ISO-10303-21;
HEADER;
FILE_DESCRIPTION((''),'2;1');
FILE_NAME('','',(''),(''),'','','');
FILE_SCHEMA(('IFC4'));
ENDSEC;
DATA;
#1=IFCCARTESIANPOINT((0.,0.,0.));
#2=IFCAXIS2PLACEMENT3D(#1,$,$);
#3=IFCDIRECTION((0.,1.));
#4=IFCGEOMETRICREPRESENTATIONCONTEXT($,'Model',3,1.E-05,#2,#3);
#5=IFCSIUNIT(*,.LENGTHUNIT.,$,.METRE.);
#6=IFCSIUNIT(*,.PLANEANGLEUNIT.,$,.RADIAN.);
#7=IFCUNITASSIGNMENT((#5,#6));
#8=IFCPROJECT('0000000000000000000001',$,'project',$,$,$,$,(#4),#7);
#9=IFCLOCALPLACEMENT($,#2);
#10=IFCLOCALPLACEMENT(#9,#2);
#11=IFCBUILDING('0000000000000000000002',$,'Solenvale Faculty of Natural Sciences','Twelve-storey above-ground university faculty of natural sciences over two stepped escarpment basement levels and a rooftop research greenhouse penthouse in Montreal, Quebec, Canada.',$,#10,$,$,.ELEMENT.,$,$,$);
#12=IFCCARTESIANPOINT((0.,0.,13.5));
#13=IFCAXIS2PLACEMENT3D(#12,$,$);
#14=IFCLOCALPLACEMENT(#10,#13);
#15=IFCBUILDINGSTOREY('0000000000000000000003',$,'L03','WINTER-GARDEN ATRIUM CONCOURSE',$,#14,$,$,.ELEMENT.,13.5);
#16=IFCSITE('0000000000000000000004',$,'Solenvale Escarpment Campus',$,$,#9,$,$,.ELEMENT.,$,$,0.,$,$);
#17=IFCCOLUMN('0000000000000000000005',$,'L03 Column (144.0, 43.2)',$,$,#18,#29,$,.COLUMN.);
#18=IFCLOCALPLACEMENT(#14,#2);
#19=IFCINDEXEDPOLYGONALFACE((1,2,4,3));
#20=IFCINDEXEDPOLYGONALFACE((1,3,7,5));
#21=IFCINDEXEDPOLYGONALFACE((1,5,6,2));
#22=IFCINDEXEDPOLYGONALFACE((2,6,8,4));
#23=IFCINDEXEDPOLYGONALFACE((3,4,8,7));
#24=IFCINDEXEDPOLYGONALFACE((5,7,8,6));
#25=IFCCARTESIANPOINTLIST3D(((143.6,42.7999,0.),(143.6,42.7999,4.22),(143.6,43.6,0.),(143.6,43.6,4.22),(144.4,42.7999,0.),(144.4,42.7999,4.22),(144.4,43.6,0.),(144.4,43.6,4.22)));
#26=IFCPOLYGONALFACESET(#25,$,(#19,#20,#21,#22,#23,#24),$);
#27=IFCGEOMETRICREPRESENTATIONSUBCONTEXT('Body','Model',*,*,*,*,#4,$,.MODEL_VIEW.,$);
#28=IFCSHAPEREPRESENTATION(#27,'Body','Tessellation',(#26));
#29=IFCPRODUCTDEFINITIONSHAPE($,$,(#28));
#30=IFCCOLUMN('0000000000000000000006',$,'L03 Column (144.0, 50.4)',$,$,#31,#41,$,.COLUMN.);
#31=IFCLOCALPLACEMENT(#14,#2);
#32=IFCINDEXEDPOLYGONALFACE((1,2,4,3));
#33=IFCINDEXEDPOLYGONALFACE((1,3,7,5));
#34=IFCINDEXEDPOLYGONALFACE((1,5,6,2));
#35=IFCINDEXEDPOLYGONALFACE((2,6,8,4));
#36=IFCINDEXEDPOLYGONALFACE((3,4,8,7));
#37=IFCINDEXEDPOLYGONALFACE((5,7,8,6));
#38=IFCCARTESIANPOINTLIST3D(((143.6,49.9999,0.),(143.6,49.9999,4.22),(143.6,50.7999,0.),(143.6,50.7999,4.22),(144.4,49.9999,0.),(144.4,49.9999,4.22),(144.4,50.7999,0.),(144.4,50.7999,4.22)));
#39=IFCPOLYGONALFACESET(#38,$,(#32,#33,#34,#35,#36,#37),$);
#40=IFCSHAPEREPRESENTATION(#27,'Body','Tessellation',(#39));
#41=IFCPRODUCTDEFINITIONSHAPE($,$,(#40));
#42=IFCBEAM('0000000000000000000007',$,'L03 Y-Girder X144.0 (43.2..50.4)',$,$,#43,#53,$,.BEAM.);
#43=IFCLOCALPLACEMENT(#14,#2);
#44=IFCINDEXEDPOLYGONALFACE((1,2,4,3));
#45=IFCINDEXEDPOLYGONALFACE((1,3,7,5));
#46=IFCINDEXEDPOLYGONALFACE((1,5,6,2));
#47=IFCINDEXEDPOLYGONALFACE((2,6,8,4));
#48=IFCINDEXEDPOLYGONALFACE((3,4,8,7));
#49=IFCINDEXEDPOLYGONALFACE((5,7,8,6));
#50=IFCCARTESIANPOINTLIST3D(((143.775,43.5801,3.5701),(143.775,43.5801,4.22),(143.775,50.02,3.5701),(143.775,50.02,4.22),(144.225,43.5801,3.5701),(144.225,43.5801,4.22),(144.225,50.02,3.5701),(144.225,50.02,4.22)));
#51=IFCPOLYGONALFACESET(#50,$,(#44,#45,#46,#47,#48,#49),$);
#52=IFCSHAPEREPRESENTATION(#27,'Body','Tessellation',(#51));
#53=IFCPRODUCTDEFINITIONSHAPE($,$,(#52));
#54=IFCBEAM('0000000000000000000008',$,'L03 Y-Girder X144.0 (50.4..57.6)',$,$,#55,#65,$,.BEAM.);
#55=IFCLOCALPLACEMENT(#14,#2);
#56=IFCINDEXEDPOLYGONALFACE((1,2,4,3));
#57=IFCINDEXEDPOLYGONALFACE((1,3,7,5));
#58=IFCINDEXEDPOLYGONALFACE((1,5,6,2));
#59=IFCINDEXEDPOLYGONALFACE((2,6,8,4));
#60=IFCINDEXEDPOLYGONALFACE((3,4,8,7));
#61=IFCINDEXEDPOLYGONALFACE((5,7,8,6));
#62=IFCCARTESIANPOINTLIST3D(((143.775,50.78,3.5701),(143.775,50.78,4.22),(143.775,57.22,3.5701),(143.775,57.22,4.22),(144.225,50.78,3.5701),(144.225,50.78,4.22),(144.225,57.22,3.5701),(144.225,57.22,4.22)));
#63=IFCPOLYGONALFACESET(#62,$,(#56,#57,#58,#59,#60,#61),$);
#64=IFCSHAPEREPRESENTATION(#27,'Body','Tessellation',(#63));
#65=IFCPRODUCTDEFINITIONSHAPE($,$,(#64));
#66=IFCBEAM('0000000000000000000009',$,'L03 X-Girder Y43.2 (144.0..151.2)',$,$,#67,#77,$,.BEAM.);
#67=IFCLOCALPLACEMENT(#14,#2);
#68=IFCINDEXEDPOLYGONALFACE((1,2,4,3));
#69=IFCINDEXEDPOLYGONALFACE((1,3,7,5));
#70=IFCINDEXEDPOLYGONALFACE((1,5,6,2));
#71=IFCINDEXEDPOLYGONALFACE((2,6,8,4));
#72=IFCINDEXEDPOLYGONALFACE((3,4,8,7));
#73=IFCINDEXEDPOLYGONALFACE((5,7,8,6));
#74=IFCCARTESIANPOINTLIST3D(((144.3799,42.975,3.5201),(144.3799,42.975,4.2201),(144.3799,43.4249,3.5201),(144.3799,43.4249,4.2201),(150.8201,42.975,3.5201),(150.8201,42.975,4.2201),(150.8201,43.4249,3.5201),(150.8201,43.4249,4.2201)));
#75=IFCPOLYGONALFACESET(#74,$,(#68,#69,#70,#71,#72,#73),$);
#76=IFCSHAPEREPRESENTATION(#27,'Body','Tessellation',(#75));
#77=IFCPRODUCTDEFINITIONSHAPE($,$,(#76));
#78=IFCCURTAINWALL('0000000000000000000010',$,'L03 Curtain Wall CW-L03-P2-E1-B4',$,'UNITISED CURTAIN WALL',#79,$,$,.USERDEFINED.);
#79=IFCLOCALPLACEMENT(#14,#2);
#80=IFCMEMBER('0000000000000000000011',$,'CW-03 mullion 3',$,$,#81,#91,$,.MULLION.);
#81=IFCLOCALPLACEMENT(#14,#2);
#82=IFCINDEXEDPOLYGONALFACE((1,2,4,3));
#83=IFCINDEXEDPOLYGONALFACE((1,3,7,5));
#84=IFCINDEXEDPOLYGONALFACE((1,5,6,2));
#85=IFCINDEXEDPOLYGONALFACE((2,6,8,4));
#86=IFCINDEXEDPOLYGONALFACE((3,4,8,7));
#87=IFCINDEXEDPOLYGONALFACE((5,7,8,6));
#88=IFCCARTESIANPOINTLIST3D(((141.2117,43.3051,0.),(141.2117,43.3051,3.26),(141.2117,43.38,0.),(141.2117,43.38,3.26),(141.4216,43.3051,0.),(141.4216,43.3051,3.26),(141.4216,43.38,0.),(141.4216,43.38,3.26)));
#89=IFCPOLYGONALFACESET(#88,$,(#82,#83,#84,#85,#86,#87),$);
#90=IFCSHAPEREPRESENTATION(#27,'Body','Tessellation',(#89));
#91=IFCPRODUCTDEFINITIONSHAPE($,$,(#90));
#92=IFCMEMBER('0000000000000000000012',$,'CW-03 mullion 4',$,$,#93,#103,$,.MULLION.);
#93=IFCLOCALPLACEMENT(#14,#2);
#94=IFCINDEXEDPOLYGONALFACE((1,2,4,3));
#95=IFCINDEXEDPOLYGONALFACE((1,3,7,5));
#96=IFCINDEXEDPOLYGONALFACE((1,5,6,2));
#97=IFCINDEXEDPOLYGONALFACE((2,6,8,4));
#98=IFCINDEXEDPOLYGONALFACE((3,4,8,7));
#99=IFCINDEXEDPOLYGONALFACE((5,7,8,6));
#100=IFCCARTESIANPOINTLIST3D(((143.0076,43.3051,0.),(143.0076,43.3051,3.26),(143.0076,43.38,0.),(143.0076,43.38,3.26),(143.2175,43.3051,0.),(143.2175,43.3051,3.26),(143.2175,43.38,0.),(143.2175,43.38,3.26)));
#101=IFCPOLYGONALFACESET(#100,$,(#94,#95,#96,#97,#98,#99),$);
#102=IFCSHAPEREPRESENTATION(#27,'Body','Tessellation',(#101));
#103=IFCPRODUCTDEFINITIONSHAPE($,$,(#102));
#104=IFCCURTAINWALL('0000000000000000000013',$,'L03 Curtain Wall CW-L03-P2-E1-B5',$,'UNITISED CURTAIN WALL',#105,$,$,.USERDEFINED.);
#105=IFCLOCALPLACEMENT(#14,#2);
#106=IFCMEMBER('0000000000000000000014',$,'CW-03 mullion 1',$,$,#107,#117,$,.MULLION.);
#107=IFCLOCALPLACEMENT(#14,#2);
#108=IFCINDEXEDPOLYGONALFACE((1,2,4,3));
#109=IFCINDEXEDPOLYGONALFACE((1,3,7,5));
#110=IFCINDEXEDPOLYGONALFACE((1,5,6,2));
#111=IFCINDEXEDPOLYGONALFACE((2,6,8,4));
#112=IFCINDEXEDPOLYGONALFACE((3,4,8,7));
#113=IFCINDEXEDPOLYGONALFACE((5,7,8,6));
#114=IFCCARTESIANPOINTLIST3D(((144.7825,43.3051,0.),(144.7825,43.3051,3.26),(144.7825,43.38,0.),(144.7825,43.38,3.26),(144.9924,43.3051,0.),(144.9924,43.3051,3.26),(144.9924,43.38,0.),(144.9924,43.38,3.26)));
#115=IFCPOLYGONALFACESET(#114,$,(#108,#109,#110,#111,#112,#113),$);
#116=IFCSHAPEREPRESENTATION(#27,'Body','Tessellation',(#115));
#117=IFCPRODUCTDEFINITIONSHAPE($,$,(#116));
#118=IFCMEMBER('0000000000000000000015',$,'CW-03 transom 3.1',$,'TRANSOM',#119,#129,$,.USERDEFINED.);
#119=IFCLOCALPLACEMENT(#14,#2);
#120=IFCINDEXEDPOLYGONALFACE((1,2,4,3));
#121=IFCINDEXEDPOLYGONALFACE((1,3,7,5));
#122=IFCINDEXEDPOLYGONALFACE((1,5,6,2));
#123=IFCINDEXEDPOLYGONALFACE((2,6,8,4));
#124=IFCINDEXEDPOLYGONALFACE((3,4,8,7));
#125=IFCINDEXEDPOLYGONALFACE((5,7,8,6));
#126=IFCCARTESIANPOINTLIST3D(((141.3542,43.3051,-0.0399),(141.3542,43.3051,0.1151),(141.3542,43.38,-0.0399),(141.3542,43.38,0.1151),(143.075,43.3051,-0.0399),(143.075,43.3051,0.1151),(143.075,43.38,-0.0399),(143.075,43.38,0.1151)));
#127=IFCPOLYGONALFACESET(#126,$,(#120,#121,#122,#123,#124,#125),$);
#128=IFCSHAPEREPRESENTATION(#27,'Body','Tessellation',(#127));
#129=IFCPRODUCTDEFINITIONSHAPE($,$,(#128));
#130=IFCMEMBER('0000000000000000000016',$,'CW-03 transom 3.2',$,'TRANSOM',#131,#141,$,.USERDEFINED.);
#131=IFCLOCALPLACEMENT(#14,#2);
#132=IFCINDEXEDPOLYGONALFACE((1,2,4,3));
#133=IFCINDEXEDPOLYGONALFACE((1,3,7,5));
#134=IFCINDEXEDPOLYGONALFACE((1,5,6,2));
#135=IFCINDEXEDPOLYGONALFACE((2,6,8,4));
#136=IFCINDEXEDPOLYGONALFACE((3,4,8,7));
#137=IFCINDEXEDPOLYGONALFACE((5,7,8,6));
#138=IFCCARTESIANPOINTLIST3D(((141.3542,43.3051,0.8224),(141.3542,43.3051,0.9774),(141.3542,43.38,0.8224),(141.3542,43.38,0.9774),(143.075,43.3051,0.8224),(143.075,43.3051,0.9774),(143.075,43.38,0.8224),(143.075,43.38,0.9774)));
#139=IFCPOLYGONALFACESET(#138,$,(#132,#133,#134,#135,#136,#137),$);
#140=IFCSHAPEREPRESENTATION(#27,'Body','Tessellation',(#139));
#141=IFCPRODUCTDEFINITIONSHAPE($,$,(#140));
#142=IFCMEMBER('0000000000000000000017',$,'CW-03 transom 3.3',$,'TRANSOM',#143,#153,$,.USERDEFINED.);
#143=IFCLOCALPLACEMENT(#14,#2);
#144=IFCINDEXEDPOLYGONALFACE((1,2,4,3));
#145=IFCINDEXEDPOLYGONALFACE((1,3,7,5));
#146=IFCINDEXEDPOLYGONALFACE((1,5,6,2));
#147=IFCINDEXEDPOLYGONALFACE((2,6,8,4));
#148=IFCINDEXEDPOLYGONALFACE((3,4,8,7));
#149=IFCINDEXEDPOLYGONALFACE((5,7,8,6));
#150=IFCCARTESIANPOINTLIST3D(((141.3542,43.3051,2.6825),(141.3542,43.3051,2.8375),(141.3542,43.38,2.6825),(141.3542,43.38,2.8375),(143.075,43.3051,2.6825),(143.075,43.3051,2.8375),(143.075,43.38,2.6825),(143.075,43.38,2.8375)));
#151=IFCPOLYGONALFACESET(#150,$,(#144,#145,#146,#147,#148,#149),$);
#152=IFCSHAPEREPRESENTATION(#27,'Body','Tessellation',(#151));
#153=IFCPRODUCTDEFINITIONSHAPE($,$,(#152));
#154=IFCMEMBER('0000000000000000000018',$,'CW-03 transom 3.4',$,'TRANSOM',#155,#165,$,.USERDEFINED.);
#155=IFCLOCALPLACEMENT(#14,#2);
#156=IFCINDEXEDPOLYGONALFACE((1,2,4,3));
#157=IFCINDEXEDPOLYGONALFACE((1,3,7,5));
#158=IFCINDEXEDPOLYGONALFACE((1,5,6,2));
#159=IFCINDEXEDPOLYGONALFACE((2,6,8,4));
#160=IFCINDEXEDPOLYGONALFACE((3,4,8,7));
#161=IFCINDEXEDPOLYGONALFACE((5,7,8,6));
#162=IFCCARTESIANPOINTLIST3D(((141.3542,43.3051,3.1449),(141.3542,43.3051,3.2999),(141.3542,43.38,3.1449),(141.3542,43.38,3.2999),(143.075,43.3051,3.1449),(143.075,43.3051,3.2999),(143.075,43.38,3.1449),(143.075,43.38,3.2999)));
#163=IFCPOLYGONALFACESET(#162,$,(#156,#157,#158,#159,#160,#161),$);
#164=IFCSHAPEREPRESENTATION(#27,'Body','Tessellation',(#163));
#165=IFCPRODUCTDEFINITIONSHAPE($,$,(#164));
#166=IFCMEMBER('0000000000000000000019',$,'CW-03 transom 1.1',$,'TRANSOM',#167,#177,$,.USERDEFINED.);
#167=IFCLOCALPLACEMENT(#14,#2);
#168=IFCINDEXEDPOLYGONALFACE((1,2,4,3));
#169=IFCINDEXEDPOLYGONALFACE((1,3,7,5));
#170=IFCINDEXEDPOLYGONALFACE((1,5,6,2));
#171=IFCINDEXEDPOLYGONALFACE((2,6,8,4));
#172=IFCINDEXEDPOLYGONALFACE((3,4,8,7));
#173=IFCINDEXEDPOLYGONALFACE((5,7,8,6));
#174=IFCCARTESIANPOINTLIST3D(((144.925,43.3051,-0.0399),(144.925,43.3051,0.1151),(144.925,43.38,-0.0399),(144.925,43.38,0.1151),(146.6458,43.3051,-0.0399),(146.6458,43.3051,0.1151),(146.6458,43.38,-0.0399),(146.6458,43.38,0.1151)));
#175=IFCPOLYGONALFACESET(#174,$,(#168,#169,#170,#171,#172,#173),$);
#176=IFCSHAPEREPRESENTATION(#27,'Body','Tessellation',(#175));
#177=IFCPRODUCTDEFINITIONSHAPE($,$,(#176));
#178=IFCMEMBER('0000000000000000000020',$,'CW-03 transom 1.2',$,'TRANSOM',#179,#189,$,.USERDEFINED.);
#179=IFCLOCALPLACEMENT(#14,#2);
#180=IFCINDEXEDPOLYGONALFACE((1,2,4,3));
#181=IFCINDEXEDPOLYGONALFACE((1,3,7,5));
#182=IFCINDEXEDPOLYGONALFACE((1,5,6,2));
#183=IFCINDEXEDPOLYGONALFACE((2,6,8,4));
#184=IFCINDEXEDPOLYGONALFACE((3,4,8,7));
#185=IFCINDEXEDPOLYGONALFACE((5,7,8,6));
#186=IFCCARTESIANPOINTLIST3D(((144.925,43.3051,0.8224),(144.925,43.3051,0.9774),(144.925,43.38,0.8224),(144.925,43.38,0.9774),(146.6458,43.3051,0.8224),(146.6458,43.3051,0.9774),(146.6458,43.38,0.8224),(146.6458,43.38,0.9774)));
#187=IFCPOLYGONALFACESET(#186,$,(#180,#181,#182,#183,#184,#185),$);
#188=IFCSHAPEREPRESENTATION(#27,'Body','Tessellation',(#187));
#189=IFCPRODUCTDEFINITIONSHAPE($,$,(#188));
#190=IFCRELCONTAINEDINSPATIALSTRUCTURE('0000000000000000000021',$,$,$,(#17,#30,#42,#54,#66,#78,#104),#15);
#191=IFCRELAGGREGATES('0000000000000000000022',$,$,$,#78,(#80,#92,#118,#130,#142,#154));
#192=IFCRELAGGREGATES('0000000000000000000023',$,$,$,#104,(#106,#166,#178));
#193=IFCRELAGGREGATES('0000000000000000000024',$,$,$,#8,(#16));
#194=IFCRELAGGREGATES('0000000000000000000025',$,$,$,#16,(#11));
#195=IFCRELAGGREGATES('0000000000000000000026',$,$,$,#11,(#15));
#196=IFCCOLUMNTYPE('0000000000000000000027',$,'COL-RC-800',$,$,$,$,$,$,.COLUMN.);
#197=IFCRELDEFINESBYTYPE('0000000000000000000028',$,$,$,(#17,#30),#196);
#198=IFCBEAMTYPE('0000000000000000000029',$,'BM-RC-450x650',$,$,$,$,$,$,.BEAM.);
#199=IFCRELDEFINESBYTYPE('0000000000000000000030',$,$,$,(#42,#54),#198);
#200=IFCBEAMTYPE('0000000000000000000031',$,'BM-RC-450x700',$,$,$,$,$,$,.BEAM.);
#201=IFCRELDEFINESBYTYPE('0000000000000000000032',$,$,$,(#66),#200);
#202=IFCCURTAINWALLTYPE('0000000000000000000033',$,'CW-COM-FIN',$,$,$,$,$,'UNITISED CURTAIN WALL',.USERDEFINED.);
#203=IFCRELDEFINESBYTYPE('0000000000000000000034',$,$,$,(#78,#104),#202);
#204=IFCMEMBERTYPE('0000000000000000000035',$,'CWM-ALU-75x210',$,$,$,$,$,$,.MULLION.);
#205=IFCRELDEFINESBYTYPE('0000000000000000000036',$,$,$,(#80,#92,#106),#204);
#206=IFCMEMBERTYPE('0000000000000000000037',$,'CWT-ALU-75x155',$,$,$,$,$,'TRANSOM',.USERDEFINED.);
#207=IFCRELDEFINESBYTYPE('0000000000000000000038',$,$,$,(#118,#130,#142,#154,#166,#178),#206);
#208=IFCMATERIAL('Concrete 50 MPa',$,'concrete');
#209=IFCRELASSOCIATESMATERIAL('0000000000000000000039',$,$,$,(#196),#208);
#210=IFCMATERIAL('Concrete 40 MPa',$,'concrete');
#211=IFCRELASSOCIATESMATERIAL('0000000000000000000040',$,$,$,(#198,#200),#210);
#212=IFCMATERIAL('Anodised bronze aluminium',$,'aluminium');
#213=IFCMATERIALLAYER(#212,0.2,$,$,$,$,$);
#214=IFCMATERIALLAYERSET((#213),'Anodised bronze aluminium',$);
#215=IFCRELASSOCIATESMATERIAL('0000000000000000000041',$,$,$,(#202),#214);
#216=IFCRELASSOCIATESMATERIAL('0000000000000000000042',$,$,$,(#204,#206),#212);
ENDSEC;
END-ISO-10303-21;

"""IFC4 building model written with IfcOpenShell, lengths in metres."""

from ifc_helpers import new_model, si_unit, direction, frame, origin, origin_2d, place, context, subcontext, project, spatial, rectangle, extrude, material, layer, layer_set, material_profile, profile_set, type_object, element, aggregate, save


model = new_model("IFC4")

# Units and contexts
model_context = context("Model", 3, precision=1e-05, world=origin(), true_north=direction((0.0, 1.0)))
body_context = subcontext(model_context, "Body", "Model", "MODEL_VIEW")
ifc_project = project(units=[si_unit("LENGTHUNIT", "METRE"), si_unit("PLANEANGLEUNIT", "RADIAN")], contexts=[model_context])

# Site, building, storey
site_placement = place(None, origin())
site = spatial("IfcSite", under=ifc_project, at=site_placement, Name="Solenvale Escarpment Campus", CompositionType="ELEMENT", RefElevation=0.0)
building_placement = place(site_placement, origin())
building = spatial("IfcBuilding", under=site, at=building_placement, Name="Solenvale Faculty of Natural Sciences", Description="Twelve-storey above-ground university faculty of natural sciences over two stepped escarpment basement levels and a rooftop research greenhouse penthouse in Montreal, Quebec, Canada.", CompositionType="ELEMENT")
storey_placement = place(building_placement, frame((0.0, 0.0, 13.5)))
storey = spatial("IfcBuildingStorey", under=building, at=storey_placement, Name="L03", Description="WINTER-GARDEN ATRIUM CONCOURSE", CompositionType="ELEMENT", Elevation=13.5)

# Columns
ifc_material_1 = material(Name="Concrete 50 MPa", Category="concrete")
ifc_material_profile_1 = material_profile(ifc_material_1, rectangle(XDim=0.8, YDim=0.8, at=origin_2d()), Name="RC-COL-800x800")
ifc_profile_set_1 = profile_set([ifc_material_profile_1], Name="Concrete 50 MPa")
column_type = type_object("IfcColumnType", Name="COL-RC-800", PredefinedType="COLUMN", material=ifc_profile_set_1)
for number, where, z_axis, x_axis, name in (
    (1, (144.0, 43.2, 0.0), (0.0, 0.0, 1.0), (1.0, 0.0, 0.0), "L03 Column (144.0, 43.2)"),
    (2, (144.0, 50.3999, 0.0), (0.0, 0.0, 1.0), (1.0, 0.0, 0.0), "L03 Column (144.0, 50.4)"),
):
    element("IfcColumn", number, at=place(storey_placement, frame(where, z_axis=z_axis, x_axis=x_axis)), inside=storey, type_object=column_type, Name=name, PredefinedType="COLUMN", context=body_context, shape_type="SweptSolid", body=[
        extrude(rectangle(XDim=0.8, YDim=0.8, at=origin_2d()), origin(), (0.0, 0.0, 1.0), 4.22),
    ])

# Beams
ifc_material_2 = material(Name="Concrete 40 MPa", Category="concrete")
ifc_material_profile_2 = material_profile(ifc_material_2, rectangle(XDim=0.45, YDim=0.6499, at=origin_2d()), Name="RC-BM-450x650")
ifc_profile_set_2 = profile_set([ifc_material_profile_2], Name="Concrete 40 MPa")
beam_type_1 = type_object("IfcBeamType", Name="BM-RC-450x650", PredefinedType="BEAM", material=ifc_profile_set_2)
for number, where, z_axis, x_axis, name in (
    (3, (144.0, 43.5801, 3.895), (0.0, 1.0, 0.0), (-1.0, 0.0, 0.0), "L03 Y-Girder X144.0 (43.2..50.4)"),
    (4, (144.0, 50.78, 3.895), (0.0, 1.0, 0.0), (-1.0, 0.0, 0.0), "L03 Y-Girder X144.0 (50.4..57.6)"),
):
    element("IfcBeam", number, at=place(storey_placement, frame(where, z_axis=z_axis, x_axis=x_axis)), inside=storey, type_object=beam_type_1, Name=name, PredefinedType="BEAM", context=body_context, shape_type="SweptSolid", body=[
        extrude(rectangle(XDim=0.45, YDim=0.6499, at=origin_2d()), origin(), (0.0, 0.0, 1.0), 6.4399),
    ])
ifc_material_profile_3 = material_profile(ifc_material_2, rectangle(XDim=0.45, YDim=0.7, at=origin_2d()), Name="RC-BM-450x700")
ifc_profile_set_3 = profile_set([ifc_material_profile_3], Name="Concrete 40 MPa")
beam_type_2 = type_object("IfcBeamType", Name="BM-RC-450x700", PredefinedType="BEAM", material=ifc_profile_set_3)
beam_placement = place(storey_placement, frame((144.3799, 43.2, 3.8701), z_axis=(1.0, 0.0, 0.0), x_axis=(0.0, 1.0, 0.0)))
element("IfcBeam", 5, at=beam_placement, inside=storey, type_object=beam_type_2, Name="L03 X-Girder Y43.2 (144.0..151.2)", PredefinedType="BEAM", context=body_context, shape_type="SweptSolid", body=[
    extrude(rectangle(XDim=0.45, YDim=0.7, at=origin_2d()), origin(), (0.0, 0.0, 1.0), 6.4402),
])

# Curtain wall, members
ifc_material_3 = material(Name="Anodised bronze aluminium", Category="aluminium")
ifc_layer_1 = layer(ifc_material_3, 0.2)
ifc_layer_set_1 = layer_set([ifc_layer_1], Name="Anodised bronze aluminium")
curtain_wall_type = type_object("IfcCurtainWallType", Name="CW-COM-FIN", ElementType="UNITISED CURTAIN WALL", PredefinedType="USERDEFINED", material=ifc_layer_set_1)
curtain_wall_1_placement = place(storey_placement, origin())
curtain_wall_1 = element("IfcCurtainWall", 6, at=curtain_wall_1_placement, inside=storey, type_object=curtain_wall_type, Name="L03 Curtain Wall CW-L03-P2-E1-B4", ObjectType="UNITISED CURTAIN WALL", PredefinedType="USERDEFINED")
ifc_material_profile_4 = material_profile(ifc_material_3, rectangle(XDim=0.075, YDim=0.21, at=origin_2d()), Name="ALU-MUL-75x210")
ifc_profile_set_4 = profile_set([ifc_material_profile_4], Name="Anodised bronze aluminium")
member_type_1 = type_object("IfcMemberType", Name="CWM-ALU-75x210", PredefinedType="MULLION", material=ifc_profile_set_4)
member_1_placement = place(storey_placement, frame((141.3167, 43.3425, 0.0), z_axis=(0.0, 0.0, 1.0), x_axis=(0.0, 1.0, 0.0)))
member_1 = element("IfcMember", 7, at=member_1_placement, type_object=member_type_1, Name="CW-03 mullion 3", PredefinedType="MULLION", context=body_context, shape_type="SweptSolid", body=[
    extrude(rectangle(XDim=0.075, YDim=0.21, at=origin_2d()), origin(), (0.0, 0.0, 1.0), 3.26),
])
member_2_placement = place(storey_placement, frame((143.1125, 43.3425, 0.0), z_axis=(0.0, 0.0, 1.0), x_axis=(0.0, 1.0, 0.0)))
member_2 = element("IfcMember", 8, at=member_2_placement, type_object=member_type_1, Name="CW-03 mullion 4", PredefinedType="MULLION", context=body_context, shape_type="SweptSolid", body=[
    extrude(rectangle(XDim=0.075, YDim=0.21, at=origin_2d()), origin(), (0.0, 0.0, 1.0), 3.26),
])

# Curtain wall, member
curtain_wall_2_placement = place(storey_placement, origin())
curtain_wall_2 = element("IfcCurtainWall", 9, at=curtain_wall_2_placement, inside=storey, type_object=curtain_wall_type, Name="L03 Curtain Wall CW-L03-P2-E1-B5", ObjectType="UNITISED CURTAIN WALL", PredefinedType="USERDEFINED")
member_3_placement = place(storey_placement, frame((144.8875, 43.3425, 0.0), z_axis=(0.0, 0.0, 1.0), x_axis=(0.0, 1.0, 0.0)))
member_3 = element("IfcMember", 10, at=member_3_placement, type_object=member_type_1, Name="CW-03 mullion 1", PredefinedType="MULLION", context=body_context, shape_type="SweptSolid", body=[
    extrude(rectangle(XDim=0.075, YDim=0.21, at=origin_2d()), origin(), (0.0, 0.0, 1.0), 3.26),
])

# Members
ifc_material_profile_5 = material_profile(ifc_material_3, rectangle(XDim=0.075, YDim=0.155, at=origin_2d()), Name="ALU-TRN-75x155")
ifc_profile_set_5 = profile_set([ifc_material_profile_5], Name="Anodised bronze aluminium")
member_type_2 = type_object("IfcMemberType", Name="CWT-ALU-75x155", ElementType="TRANSOM", PredefinedType="USERDEFINED", material=ifc_profile_set_5)
member_4_placement = place(storey_placement, frame((141.3542, 43.3425, 0.0376), z_axis=(1.0, 0.0, 0.0), x_axis=(0.0, 1.0, 0.0)))
member_4 = element("IfcMember", 11, at=member_4_placement, type_object=member_type_2, Name="CW-03 transom 3.1", ObjectType="TRANSOM", PredefinedType="USERDEFINED", context=body_context, shape_type="SweptSolid", body=[
    extrude(rectangle(XDim=0.075, YDim=0.155, at=origin_2d()), origin(), (0.0, 0.0, 1.0), 1.7207),
])
member_5_placement = place(storey_placement, frame((141.3542, 43.3425, 0.8999), z_axis=(1.0, 0.0, 0.0), x_axis=(0.0, 1.0, 0.0)))
member_5 = element("IfcMember", 12, at=member_5_placement, type_object=member_type_2, Name="CW-03 transom 3.2", ObjectType="TRANSOM", PredefinedType="USERDEFINED", context=body_context, shape_type="SweptSolid", body=[
    extrude(rectangle(XDim=0.075, YDim=0.155, at=origin_2d()), origin(), (0.0, 0.0, 1.0), 1.7207),
])
member_6_placement = place(storey_placement, frame((141.3542, 43.3425, 2.76), z_axis=(1.0, 0.0, 0.0), x_axis=(0.0, 1.0, 0.0)))
member_6 = element("IfcMember", 13, at=member_6_placement, type_object=member_type_2, Name="CW-03 transom 3.3", ObjectType="TRANSOM", PredefinedType="USERDEFINED", context=body_context, shape_type="SweptSolid", body=[
    extrude(rectangle(XDim=0.075, YDim=0.155, at=origin_2d()), origin(), (0.0, 0.0, 1.0), 1.7207),
])
member_7_placement = place(storey_placement, frame((141.3542, 43.3425, 3.2224), z_axis=(1.0, 0.0, 0.0), x_axis=(0.0, 1.0, 0.0)))
member_7 = element("IfcMember", 14, at=member_7_placement, type_object=member_type_2, Name="CW-03 transom 3.4", ObjectType="TRANSOM", PredefinedType="USERDEFINED", context=body_context, shape_type="SweptSolid", body=[
    extrude(rectangle(XDim=0.075, YDim=0.155, at=origin_2d()), origin(), (0.0, 0.0, 1.0), 1.7207),
])
member_8_placement = place(storey_placement, frame((144.925, 43.3425, 0.0376), z_axis=(1.0, 0.0, 0.0), x_axis=(0.0, 1.0, 0.0)))
member_8 = element("IfcMember", 15, at=member_8_placement, type_object=member_type_2, Name="CW-03 transom 1.1", ObjectType="TRANSOM", PredefinedType="USERDEFINED", context=body_context, shape_type="SweptSolid", body=[
    extrude(rectangle(XDim=0.075, YDim=0.155, at=origin_2d()), origin(), (0.0, 0.0, 1.0), 1.7207),
])
member_9_placement = place(storey_placement, frame((144.925, 43.3425, 0.8999), z_axis=(1.0, 0.0, 0.0), x_axis=(0.0, 1.0, 0.0)))
member_9 = element("IfcMember", 16, at=member_9_placement, type_object=member_type_2, Name="CW-03 transom 1.2", ObjectType="TRANSOM", PredefinedType="USERDEFINED", context=body_context, shape_type="SweptSolid", body=[
    extrude(rectangle(XDim=0.075, YDim=0.155, at=origin_2d()), origin(), (0.0, 0.0, 1.0), 1.7207),
])

aggregate(curtain_wall_1, [member_1, member_2, member_4, member_5, member_6, member_7])
aggregate(curtain_wall_2, [member_3, member_8, member_9])

save(model, "model.ifc")
